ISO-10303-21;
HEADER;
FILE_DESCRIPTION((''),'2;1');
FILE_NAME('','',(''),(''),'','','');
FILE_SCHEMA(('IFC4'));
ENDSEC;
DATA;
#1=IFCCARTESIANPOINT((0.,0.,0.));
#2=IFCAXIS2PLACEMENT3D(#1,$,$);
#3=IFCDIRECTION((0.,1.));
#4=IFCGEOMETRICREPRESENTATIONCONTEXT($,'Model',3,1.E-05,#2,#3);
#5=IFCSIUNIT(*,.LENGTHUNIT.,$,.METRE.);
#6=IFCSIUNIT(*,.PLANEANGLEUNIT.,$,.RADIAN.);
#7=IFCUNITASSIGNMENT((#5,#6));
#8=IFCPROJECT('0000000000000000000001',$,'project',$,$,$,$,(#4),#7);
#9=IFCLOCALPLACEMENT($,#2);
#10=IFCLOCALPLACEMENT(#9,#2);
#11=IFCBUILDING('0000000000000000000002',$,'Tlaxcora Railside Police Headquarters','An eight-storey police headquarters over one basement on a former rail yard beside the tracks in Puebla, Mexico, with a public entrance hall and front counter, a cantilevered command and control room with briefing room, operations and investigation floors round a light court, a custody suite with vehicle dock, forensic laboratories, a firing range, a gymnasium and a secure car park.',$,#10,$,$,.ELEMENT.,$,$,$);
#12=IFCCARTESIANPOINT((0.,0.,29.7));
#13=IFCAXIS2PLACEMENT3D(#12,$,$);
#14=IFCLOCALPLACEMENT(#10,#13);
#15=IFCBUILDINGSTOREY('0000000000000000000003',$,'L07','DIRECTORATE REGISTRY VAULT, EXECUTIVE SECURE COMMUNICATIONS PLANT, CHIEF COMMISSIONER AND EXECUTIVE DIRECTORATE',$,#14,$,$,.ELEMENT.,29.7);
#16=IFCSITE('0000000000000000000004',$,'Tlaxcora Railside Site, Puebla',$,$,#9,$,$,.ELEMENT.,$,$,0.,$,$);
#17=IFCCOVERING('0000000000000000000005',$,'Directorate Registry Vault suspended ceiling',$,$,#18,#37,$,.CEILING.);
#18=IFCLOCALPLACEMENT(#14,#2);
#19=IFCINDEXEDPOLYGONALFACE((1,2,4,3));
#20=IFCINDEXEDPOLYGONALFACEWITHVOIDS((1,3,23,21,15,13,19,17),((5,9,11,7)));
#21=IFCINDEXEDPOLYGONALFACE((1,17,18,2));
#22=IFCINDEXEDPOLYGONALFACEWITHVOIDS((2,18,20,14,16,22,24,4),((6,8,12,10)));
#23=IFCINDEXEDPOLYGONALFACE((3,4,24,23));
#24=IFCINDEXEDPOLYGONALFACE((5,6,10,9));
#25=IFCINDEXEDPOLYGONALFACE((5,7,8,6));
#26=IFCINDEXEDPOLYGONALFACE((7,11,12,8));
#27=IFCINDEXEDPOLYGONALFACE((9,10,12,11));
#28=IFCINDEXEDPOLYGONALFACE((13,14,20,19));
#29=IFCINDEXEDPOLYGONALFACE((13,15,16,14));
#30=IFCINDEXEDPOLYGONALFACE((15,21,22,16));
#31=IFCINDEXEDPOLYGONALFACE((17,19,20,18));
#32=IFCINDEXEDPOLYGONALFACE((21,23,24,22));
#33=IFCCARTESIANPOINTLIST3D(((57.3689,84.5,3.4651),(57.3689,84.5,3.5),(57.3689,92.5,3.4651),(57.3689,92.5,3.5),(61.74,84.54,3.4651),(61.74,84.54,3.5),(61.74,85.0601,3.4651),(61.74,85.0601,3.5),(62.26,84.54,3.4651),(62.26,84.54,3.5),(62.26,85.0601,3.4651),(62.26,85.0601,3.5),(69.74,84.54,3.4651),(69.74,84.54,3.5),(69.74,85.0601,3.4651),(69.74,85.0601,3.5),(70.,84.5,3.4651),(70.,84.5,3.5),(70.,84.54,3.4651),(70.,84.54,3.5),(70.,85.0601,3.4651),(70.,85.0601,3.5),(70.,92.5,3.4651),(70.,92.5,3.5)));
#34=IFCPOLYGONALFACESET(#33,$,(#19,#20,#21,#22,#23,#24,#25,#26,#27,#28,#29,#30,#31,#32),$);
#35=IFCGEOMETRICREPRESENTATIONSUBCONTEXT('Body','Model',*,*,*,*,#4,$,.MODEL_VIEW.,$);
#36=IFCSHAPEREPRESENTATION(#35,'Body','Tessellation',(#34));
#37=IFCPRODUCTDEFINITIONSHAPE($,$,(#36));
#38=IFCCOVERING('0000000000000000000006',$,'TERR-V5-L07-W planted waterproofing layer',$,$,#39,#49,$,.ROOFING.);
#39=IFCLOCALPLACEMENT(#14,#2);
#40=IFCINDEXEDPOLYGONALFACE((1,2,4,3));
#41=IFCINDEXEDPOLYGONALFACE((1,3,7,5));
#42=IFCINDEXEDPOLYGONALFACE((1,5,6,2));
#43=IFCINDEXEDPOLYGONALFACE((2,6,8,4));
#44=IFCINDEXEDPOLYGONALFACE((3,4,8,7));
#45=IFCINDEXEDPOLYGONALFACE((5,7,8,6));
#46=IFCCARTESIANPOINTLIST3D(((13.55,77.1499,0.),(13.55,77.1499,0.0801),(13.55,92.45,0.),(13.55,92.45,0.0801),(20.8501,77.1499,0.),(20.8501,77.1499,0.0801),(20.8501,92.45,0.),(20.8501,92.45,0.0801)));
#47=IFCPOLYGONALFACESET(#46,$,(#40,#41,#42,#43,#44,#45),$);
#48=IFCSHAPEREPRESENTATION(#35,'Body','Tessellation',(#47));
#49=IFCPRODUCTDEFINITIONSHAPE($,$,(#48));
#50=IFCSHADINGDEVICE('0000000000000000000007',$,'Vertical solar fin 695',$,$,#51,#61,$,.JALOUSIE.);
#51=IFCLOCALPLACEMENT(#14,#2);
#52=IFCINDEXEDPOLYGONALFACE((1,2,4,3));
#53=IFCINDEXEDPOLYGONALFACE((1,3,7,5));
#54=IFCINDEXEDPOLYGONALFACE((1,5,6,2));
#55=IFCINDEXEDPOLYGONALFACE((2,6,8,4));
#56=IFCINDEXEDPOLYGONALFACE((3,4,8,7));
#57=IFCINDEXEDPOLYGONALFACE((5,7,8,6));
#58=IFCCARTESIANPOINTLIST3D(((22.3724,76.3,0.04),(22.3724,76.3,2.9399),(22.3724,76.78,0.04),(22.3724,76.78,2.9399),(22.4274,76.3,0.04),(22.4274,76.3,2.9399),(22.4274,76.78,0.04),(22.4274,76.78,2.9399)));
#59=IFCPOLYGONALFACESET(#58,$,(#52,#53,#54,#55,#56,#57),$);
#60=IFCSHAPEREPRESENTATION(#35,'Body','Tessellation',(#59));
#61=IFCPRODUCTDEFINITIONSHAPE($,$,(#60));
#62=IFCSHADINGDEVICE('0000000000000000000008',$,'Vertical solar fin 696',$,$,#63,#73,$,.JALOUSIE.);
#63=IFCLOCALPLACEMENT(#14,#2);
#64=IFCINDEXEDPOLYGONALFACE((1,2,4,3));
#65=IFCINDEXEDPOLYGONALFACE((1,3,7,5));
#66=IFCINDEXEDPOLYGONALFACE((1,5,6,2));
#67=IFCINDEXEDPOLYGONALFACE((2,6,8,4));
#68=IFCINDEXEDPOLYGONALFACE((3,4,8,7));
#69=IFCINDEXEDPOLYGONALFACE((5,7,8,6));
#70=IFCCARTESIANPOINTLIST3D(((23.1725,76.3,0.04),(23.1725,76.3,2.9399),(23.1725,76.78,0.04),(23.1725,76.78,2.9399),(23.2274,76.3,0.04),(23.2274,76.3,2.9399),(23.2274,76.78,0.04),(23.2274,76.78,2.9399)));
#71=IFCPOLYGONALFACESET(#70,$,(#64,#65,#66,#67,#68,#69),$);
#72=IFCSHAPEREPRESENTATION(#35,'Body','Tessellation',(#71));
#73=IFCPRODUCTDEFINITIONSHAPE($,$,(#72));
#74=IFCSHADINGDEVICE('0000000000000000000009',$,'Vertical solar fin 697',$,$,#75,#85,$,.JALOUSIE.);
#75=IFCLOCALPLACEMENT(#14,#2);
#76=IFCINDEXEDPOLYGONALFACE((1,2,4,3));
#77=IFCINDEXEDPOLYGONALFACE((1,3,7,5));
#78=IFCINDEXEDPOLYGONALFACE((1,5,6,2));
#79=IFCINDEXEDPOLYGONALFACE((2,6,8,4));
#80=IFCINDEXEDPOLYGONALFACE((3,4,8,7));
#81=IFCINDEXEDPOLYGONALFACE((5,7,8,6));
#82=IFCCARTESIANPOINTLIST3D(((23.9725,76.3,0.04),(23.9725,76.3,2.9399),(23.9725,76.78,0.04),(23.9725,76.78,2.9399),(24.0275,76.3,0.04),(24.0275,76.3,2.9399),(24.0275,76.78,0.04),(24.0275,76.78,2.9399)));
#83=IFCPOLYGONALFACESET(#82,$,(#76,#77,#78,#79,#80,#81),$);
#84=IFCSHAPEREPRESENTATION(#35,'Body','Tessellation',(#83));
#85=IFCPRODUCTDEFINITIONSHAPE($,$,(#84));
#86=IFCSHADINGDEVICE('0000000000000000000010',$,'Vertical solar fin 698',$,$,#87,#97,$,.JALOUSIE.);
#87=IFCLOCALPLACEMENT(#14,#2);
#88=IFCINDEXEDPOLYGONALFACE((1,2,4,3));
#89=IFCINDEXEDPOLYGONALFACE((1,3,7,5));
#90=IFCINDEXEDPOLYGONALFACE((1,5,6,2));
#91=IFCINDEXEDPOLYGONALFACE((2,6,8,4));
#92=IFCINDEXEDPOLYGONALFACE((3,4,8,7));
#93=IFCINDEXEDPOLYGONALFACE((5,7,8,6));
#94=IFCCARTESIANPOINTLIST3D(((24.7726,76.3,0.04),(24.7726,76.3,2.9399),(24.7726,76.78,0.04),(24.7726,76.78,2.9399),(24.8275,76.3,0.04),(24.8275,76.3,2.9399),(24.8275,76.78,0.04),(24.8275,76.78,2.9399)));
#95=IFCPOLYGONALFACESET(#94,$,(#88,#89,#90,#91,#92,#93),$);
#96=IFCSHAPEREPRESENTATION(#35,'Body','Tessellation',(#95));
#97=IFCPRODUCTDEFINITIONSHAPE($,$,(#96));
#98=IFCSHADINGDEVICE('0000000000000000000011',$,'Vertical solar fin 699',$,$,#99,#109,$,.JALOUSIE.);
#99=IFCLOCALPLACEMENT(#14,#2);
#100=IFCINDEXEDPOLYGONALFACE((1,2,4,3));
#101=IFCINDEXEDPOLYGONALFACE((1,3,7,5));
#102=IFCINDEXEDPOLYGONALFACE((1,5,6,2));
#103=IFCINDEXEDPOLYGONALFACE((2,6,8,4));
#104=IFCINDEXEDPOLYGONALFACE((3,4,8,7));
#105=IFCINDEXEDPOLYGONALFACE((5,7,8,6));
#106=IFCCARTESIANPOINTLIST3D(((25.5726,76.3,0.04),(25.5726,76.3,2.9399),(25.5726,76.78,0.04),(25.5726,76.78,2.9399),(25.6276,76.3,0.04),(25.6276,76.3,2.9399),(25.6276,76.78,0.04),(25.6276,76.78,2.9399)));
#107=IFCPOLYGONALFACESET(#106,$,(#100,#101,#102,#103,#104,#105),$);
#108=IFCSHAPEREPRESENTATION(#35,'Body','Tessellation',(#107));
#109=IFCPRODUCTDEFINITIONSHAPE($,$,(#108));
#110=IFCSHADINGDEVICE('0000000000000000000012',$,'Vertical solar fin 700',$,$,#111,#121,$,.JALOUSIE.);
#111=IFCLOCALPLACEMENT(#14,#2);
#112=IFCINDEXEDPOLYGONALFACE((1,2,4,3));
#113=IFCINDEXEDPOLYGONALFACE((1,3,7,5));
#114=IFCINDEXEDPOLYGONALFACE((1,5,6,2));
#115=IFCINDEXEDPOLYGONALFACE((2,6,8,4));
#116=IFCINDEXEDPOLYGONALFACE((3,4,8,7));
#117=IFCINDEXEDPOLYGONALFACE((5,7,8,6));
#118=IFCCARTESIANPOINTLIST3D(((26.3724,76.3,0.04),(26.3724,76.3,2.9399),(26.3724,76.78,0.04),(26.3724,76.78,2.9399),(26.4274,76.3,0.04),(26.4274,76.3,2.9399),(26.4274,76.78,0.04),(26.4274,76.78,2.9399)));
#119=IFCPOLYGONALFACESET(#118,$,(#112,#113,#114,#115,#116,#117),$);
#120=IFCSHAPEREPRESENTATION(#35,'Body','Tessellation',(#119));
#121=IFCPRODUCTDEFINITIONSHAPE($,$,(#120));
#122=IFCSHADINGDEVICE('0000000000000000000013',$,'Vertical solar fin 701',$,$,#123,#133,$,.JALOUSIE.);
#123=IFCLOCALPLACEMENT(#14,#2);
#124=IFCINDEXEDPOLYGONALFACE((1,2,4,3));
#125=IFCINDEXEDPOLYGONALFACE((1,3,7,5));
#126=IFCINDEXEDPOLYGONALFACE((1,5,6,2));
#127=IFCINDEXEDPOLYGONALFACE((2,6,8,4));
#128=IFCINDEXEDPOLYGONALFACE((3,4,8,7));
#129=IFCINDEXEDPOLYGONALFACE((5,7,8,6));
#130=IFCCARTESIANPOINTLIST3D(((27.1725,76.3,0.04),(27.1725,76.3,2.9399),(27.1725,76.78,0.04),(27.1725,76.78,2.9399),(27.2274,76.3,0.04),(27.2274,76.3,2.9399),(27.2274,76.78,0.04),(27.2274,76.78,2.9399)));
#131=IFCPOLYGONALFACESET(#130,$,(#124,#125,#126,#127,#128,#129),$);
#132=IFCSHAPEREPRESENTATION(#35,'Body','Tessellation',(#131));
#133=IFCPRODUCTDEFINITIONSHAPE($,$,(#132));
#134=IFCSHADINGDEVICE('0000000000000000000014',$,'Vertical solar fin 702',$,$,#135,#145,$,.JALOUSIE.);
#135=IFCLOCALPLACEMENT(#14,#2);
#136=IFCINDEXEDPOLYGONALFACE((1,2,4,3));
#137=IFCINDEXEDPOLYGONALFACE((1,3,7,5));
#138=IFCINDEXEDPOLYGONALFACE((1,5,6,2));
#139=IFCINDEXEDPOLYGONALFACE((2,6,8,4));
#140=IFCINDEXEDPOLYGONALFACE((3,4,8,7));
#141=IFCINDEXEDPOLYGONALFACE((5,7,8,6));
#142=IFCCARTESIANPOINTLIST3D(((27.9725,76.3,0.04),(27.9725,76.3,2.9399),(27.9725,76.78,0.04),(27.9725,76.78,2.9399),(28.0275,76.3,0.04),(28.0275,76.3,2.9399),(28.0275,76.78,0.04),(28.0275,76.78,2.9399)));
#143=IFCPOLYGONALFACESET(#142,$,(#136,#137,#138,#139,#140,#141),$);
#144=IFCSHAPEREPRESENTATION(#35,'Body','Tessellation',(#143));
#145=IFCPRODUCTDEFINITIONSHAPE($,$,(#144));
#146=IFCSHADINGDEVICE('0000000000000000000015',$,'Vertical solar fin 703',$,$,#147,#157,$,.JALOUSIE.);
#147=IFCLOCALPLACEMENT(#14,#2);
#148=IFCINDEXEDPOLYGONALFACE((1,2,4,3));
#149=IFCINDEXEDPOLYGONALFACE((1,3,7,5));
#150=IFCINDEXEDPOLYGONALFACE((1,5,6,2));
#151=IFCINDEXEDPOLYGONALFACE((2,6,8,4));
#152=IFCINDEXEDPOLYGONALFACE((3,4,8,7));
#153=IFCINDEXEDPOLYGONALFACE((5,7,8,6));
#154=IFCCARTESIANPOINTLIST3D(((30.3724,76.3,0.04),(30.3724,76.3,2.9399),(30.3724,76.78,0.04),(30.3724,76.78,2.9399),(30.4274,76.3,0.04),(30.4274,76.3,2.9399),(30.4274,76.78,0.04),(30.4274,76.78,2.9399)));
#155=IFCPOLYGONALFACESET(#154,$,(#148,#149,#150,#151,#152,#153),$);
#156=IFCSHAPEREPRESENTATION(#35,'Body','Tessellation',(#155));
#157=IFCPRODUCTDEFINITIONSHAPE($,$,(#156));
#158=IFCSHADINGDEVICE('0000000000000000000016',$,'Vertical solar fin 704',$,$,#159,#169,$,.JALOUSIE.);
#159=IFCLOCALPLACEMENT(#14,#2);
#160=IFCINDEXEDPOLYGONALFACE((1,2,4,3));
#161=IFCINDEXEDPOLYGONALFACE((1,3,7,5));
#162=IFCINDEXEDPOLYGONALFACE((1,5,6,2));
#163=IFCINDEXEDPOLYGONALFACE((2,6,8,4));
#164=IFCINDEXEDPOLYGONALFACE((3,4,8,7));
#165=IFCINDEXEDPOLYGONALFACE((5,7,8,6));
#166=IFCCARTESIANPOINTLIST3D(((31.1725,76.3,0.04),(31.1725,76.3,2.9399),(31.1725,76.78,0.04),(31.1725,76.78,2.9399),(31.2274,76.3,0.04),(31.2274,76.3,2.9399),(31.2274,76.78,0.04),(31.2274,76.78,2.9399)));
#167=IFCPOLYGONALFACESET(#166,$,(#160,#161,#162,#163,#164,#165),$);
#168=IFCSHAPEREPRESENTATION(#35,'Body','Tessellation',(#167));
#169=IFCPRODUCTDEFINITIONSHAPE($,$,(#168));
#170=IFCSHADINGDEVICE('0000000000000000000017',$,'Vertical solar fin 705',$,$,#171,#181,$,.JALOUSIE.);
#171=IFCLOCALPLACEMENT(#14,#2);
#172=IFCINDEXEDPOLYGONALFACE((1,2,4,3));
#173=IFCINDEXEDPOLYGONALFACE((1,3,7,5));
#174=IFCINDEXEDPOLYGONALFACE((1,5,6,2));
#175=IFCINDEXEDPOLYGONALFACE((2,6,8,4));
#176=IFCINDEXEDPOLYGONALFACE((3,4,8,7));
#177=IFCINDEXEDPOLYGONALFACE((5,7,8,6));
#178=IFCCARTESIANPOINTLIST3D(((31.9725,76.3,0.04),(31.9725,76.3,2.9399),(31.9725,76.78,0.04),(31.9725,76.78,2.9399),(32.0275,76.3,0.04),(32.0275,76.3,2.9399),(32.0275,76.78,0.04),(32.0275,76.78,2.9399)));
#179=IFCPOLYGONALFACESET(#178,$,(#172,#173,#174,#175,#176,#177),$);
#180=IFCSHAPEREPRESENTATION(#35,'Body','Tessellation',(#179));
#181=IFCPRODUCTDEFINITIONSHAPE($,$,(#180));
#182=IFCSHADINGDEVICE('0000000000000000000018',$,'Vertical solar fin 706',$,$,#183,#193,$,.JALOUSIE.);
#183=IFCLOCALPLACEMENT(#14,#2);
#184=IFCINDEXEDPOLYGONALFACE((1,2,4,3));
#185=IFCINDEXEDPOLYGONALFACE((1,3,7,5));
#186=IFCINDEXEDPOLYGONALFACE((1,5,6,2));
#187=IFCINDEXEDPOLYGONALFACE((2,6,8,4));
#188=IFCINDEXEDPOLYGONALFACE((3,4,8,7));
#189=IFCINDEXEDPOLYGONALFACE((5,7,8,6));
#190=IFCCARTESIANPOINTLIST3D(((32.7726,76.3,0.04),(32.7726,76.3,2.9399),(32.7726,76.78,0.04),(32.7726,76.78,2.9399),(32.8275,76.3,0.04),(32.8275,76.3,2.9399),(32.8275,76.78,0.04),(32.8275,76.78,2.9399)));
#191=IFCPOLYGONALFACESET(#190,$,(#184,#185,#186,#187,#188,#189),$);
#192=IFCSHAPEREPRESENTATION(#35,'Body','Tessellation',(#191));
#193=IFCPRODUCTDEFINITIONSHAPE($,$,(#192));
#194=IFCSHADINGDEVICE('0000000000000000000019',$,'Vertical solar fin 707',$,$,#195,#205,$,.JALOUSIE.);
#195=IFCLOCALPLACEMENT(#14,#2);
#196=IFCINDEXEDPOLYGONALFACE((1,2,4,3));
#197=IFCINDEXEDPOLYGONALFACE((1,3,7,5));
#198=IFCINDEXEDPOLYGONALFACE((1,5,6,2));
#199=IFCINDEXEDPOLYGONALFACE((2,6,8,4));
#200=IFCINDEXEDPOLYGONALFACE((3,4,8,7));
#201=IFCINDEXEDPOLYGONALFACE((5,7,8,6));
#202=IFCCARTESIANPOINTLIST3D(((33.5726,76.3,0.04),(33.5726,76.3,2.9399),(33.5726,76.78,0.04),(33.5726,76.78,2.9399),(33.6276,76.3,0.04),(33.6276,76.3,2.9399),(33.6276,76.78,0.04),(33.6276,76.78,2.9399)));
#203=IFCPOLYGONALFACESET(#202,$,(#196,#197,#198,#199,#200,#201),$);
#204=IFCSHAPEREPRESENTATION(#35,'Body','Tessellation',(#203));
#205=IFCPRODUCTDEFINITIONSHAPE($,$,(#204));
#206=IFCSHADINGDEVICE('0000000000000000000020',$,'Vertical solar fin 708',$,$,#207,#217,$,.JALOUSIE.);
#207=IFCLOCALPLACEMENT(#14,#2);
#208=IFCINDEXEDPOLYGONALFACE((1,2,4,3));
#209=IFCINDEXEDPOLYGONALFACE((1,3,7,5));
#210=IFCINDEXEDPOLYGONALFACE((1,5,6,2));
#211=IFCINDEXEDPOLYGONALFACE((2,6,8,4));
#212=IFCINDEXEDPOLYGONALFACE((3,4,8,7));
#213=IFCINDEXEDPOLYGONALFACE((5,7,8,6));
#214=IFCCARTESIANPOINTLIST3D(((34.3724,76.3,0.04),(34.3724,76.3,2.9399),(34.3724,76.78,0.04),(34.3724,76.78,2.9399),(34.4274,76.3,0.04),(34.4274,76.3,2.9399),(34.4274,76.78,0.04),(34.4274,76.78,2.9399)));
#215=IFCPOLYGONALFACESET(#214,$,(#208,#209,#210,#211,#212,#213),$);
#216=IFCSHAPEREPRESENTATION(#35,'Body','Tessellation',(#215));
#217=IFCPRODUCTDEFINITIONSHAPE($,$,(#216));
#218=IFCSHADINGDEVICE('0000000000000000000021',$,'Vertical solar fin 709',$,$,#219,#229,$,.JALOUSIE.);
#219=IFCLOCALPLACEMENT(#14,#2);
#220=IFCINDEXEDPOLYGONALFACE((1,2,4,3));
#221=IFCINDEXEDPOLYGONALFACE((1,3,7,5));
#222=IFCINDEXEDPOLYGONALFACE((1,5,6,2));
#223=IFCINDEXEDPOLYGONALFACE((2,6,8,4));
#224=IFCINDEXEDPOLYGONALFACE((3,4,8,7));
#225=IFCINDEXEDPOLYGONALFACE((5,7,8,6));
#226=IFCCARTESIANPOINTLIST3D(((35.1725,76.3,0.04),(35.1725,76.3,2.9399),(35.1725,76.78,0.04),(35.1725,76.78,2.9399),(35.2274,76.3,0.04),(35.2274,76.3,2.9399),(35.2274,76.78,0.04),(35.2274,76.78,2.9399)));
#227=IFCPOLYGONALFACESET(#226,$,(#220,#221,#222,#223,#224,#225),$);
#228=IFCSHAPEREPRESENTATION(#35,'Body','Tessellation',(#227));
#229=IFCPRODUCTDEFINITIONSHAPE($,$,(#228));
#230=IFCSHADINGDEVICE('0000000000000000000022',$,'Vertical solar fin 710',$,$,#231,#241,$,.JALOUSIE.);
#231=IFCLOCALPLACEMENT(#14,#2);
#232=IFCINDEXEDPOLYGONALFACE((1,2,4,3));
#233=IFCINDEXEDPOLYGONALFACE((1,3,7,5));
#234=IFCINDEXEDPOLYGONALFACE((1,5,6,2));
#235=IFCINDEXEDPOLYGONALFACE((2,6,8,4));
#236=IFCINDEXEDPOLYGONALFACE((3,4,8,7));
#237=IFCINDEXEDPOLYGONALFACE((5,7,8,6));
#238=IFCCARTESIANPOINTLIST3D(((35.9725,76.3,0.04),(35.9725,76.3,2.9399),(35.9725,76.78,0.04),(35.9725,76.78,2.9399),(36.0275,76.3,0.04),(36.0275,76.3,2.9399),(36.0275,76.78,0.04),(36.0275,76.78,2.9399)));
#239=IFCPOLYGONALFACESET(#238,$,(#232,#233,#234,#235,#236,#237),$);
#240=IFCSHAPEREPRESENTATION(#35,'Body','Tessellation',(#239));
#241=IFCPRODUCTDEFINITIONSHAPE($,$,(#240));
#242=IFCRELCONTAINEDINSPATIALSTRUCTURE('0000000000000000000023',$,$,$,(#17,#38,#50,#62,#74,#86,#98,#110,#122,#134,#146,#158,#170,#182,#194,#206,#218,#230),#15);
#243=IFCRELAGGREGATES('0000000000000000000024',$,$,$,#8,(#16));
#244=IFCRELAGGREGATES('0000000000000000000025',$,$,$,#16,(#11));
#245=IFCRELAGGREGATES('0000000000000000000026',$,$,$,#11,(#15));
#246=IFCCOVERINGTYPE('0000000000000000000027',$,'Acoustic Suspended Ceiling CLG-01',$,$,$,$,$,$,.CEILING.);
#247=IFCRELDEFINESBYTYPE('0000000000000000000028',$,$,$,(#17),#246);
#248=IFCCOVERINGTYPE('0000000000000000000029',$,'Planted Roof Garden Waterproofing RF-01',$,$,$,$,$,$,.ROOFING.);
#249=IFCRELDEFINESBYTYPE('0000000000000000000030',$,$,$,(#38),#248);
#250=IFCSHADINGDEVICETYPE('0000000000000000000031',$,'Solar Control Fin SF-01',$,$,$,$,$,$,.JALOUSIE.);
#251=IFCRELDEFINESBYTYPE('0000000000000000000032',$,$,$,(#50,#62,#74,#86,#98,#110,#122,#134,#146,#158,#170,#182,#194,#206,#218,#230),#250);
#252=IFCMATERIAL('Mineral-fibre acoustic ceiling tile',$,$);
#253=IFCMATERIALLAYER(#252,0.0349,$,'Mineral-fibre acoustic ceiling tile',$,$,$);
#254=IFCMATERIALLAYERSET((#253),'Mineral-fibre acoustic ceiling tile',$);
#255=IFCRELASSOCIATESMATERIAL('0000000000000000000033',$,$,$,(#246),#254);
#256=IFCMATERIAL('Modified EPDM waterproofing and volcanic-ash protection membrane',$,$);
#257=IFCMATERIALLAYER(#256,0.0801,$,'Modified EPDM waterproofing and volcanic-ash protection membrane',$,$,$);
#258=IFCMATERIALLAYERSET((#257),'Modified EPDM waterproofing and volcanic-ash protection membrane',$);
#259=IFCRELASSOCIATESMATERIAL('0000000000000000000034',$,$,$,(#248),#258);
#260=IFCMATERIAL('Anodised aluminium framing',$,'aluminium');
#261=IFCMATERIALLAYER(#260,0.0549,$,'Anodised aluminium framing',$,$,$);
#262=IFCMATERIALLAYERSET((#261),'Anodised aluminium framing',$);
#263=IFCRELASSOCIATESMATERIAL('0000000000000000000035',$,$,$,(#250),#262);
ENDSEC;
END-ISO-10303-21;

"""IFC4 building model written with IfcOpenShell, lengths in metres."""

from ifc_helpers import new_model, si_unit, direction, frame, origin, origin_2d, place, context, subcontext, project, spatial, polyline, rectangle, outline, extrude, material, layer, layer_set, type_object, element, save


model = new_model("IFC4")

# Units and contexts
model_context = context("Model", 3, precision=1e-05, world=origin(), true_north=direction((0.0, 1.0)))
body_context = subcontext(model_context, "Body", "Model", "MODEL_VIEW")
ifc_project = project(units=[si_unit("LENGTHUNIT", "METRE"), si_unit("PLANEANGLEUNIT", "RADIAN")], contexts=[model_context])

# Site, building, storey
site_placement = place(None, origin())
site = spatial("IfcSite", under=ifc_project, at=site_placement, Name="Tlaxcora Railside Site, Puebla", CompositionType="ELEMENT", RefElevation=0.0)
building_placement = place(site_placement, origin())
building = spatial("IfcBuilding", under=site, at=building_placement, Name="Tlaxcora Railside Police Headquarters", Description="An eight-storey police headquarters over one basement on a former rail yard beside the tracks in Puebla, Mexico, with a public entrance hall and front counter, a cantilevered command and control room with briefing room, operations and investigation floors round a light court, a custody suite with vehicle dock, forensic laboratories, a firing range, a gymnasium and a secure car park.", CompositionType="ELEMENT")
storey_placement = place(building_placement, frame((0.0, 0.0, 29.7)))
storey = spatial("IfcBuildingStorey", under=building, at=storey_placement, Name="L07", Description="DIRECTORATE REGISTRY VAULT, EXECUTIVE SECURE COMMUNICATIONS PLANT, CHIEF COMMISSIONER AND EXECUTIVE DIRECTORATE", CompositionType="ELEMENT", Elevation=29.7)

# Coverings
ifc_material_1 = material(Name="Mineral-fibre acoustic ceiling tile")
ifc_layer_1 = layer(ifc_material_1, 0.0349, Name="Mineral-fibre acoustic ceiling tile")
ifc_layer_set_1 = layer_set([ifc_layer_1], Name="Mineral-fibre acoustic ceiling tile")
covering_type_1 = type_object("IfcCoveringType", Name="Acoustic Suspended Ceiling CLG-01", PredefinedType="CEILING", material=ifc_layer_set_1)
covering_1_placement = place(storey_placement, frame((0.0, 0.0, 3.4651)))
element("IfcCovering", 1, at=covering_1_placement, inside=storey, type_object=covering_type_1, Name="Directorate Registry Vault suspended ceiling", PredefinedType="CEILING", context=body_context, shape_type="SweptSolid", body=[
    extrude(outline(polyline([(70.0, 84.5), (70.0, 84.54), (69.74, 84.54), (69.74, 85.0601), (70.0, 85.0601), (70.0, 92.5), (57.3689, 92.5), (57.3689, 84.5), (70.0, 84.5)]), holes=[polyline([(62.26, 85.0601), (62.26, 84.54), (61.74, 84.54), (61.74, 85.0601), (62.26, 85.0601)])]), origin(), (0.0, 0.0, 1.0), 0.0349),
])
ifc_material_2 = material(Name="Modified EPDM waterproofing and volcanic-ash protection membrane")
ifc_layer_2 = layer(ifc_material_2, 0.0801, Name="Modified EPDM waterproofing and volcanic-ash protection membrane")
ifc_layer_set_2 = layer_set([ifc_layer_2], Name="Modified EPDM waterproofing and volcanic-ash protection membrane")
covering_type_2 = type_object("IfcCoveringType", Name="Planted Roof Garden Waterproofing RF-01", PredefinedType="ROOFING", material=ifc_layer_set_2)
covering_2_placement = place(storey_placement, origin())
element("IfcCovering", 2, at=covering_2_placement, inside=storey, type_object=covering_type_2, Name="TERR-V5-L07-W planted waterproofing layer", PredefinedType="ROOFING", context=body_context, shape_type="SweptSolid", body=[
    extrude(outline(polyline([(20.8501, 77.1499), (20.8501, 92.45), (13.55, 92.45), (13.55, 77.1499), (20.8501, 77.1499)])), origin(), (0.0, 0.0, 1.0), 0.0801),
])

# Shading devices
ifc_material_3 = material(Name="Anodised aluminium framing", Category="aluminium")
ifc_layer_3 = layer(ifc_material_3, 0.0549, Name="Anodised aluminium framing")
ifc_layer_set_3 = layer_set([ifc_layer_3], Name="Anodised aluminium framing")
shading_device_type = type_object("IfcShadingDeviceType", Name="Solar Control Fin SF-01", PredefinedType="JALOUSIE", material=ifc_layer_set_3)
for number, where, z_axis, x_axis, name in (
    (3, (22.3999, 76.54, 0.04), (0.0, 0.0, 1.0), (0.0, -1.0, 0.0), "Vertical solar fin 695"),
    (4, (23.2, 76.54, 0.04), (0.0, 0.0, 1.0), (0.0, -1.0, 0.0), "Vertical solar fin 696"),
    (5, (24.0, 76.54, 0.04), (0.0, 0.0, 1.0), (0.0, -1.0, 0.0), "Vertical solar fin 697"),
    (6, (24.8, 76.54, 0.04), (0.0, 0.0, 1.0), (0.0, -1.0, 0.0), "Vertical solar fin 698"),
    (7, (25.6001, 76.54, 0.04), (0.0, 0.0, 1.0), (0.0, -1.0, 0.0), "Vertical solar fin 699"),
    (8, (26.3999, 76.54, 0.04), (0.0, 0.0, 1.0), (0.0, -1.0, 0.0), "Vertical solar fin 700"),
    (9, (27.2, 76.54, 0.04), (0.0, 0.0, 1.0), (0.0, -1.0, 0.0), "Vertical solar fin 701"),
    (10, (28.0, 76.54, 0.04), (0.0, 0.0, 1.0), (0.0, -1.0, 0.0), "Vertical solar fin 702"),
    (11, (30.3999, 76.54, 0.04), (0.0, 0.0, 1.0), (0.0, -1.0, 0.0), "Vertical solar fin 703"),
    (12, (31.2, 76.54, 0.04), (0.0, 0.0, 1.0), (0.0, -1.0, 0.0), "Vertical solar fin 704"),
    (13, (32.0, 76.54, 0.04), (0.0, 0.0, 1.0), (0.0, -1.0, 0.0), "Vertical solar fin 705"),
    (14, (32.8, 76.54, 0.04), (0.0, 0.0, 1.0), (0.0, -1.0, 0.0), "Vertical solar fin 706"),
    (15, (33.6001, 76.54, 0.04), (0.0, 0.0, 1.0), (0.0, -1.0, 0.0), "Vertical solar fin 707"),
    (16, (34.3999, 76.54, 0.04), (0.0, 0.0, 1.0), (0.0, -1.0, 0.0), "Vertical solar fin 708"),
    (17, (35.2, 76.54, 0.04), (0.0, 0.0, 1.0), (0.0, -1.0, 0.0), "Vertical solar fin 709"),
    (18, (36.0, 76.54, 0.04), (0.0, 0.0, 1.0), (0.0, -1.0, 0.0), "Vertical solar fin 710"),
):
    element("IfcShadingDevice", number, at=place(storey_placement, frame(where, z_axis=z_axis, x_axis=x_axis)), inside=storey, type_object=shading_device_type, Name=name, PredefinedType="JALOUSIE", context=body_context, shape_type="SweptSolid", body=[
        extrude(rectangle(XDim=0.48, YDim=0.0549, at=origin_2d()), origin(), (0.0, 0.0, 1.0), 2.8999),
    ])

save(model, "model.ifc")
